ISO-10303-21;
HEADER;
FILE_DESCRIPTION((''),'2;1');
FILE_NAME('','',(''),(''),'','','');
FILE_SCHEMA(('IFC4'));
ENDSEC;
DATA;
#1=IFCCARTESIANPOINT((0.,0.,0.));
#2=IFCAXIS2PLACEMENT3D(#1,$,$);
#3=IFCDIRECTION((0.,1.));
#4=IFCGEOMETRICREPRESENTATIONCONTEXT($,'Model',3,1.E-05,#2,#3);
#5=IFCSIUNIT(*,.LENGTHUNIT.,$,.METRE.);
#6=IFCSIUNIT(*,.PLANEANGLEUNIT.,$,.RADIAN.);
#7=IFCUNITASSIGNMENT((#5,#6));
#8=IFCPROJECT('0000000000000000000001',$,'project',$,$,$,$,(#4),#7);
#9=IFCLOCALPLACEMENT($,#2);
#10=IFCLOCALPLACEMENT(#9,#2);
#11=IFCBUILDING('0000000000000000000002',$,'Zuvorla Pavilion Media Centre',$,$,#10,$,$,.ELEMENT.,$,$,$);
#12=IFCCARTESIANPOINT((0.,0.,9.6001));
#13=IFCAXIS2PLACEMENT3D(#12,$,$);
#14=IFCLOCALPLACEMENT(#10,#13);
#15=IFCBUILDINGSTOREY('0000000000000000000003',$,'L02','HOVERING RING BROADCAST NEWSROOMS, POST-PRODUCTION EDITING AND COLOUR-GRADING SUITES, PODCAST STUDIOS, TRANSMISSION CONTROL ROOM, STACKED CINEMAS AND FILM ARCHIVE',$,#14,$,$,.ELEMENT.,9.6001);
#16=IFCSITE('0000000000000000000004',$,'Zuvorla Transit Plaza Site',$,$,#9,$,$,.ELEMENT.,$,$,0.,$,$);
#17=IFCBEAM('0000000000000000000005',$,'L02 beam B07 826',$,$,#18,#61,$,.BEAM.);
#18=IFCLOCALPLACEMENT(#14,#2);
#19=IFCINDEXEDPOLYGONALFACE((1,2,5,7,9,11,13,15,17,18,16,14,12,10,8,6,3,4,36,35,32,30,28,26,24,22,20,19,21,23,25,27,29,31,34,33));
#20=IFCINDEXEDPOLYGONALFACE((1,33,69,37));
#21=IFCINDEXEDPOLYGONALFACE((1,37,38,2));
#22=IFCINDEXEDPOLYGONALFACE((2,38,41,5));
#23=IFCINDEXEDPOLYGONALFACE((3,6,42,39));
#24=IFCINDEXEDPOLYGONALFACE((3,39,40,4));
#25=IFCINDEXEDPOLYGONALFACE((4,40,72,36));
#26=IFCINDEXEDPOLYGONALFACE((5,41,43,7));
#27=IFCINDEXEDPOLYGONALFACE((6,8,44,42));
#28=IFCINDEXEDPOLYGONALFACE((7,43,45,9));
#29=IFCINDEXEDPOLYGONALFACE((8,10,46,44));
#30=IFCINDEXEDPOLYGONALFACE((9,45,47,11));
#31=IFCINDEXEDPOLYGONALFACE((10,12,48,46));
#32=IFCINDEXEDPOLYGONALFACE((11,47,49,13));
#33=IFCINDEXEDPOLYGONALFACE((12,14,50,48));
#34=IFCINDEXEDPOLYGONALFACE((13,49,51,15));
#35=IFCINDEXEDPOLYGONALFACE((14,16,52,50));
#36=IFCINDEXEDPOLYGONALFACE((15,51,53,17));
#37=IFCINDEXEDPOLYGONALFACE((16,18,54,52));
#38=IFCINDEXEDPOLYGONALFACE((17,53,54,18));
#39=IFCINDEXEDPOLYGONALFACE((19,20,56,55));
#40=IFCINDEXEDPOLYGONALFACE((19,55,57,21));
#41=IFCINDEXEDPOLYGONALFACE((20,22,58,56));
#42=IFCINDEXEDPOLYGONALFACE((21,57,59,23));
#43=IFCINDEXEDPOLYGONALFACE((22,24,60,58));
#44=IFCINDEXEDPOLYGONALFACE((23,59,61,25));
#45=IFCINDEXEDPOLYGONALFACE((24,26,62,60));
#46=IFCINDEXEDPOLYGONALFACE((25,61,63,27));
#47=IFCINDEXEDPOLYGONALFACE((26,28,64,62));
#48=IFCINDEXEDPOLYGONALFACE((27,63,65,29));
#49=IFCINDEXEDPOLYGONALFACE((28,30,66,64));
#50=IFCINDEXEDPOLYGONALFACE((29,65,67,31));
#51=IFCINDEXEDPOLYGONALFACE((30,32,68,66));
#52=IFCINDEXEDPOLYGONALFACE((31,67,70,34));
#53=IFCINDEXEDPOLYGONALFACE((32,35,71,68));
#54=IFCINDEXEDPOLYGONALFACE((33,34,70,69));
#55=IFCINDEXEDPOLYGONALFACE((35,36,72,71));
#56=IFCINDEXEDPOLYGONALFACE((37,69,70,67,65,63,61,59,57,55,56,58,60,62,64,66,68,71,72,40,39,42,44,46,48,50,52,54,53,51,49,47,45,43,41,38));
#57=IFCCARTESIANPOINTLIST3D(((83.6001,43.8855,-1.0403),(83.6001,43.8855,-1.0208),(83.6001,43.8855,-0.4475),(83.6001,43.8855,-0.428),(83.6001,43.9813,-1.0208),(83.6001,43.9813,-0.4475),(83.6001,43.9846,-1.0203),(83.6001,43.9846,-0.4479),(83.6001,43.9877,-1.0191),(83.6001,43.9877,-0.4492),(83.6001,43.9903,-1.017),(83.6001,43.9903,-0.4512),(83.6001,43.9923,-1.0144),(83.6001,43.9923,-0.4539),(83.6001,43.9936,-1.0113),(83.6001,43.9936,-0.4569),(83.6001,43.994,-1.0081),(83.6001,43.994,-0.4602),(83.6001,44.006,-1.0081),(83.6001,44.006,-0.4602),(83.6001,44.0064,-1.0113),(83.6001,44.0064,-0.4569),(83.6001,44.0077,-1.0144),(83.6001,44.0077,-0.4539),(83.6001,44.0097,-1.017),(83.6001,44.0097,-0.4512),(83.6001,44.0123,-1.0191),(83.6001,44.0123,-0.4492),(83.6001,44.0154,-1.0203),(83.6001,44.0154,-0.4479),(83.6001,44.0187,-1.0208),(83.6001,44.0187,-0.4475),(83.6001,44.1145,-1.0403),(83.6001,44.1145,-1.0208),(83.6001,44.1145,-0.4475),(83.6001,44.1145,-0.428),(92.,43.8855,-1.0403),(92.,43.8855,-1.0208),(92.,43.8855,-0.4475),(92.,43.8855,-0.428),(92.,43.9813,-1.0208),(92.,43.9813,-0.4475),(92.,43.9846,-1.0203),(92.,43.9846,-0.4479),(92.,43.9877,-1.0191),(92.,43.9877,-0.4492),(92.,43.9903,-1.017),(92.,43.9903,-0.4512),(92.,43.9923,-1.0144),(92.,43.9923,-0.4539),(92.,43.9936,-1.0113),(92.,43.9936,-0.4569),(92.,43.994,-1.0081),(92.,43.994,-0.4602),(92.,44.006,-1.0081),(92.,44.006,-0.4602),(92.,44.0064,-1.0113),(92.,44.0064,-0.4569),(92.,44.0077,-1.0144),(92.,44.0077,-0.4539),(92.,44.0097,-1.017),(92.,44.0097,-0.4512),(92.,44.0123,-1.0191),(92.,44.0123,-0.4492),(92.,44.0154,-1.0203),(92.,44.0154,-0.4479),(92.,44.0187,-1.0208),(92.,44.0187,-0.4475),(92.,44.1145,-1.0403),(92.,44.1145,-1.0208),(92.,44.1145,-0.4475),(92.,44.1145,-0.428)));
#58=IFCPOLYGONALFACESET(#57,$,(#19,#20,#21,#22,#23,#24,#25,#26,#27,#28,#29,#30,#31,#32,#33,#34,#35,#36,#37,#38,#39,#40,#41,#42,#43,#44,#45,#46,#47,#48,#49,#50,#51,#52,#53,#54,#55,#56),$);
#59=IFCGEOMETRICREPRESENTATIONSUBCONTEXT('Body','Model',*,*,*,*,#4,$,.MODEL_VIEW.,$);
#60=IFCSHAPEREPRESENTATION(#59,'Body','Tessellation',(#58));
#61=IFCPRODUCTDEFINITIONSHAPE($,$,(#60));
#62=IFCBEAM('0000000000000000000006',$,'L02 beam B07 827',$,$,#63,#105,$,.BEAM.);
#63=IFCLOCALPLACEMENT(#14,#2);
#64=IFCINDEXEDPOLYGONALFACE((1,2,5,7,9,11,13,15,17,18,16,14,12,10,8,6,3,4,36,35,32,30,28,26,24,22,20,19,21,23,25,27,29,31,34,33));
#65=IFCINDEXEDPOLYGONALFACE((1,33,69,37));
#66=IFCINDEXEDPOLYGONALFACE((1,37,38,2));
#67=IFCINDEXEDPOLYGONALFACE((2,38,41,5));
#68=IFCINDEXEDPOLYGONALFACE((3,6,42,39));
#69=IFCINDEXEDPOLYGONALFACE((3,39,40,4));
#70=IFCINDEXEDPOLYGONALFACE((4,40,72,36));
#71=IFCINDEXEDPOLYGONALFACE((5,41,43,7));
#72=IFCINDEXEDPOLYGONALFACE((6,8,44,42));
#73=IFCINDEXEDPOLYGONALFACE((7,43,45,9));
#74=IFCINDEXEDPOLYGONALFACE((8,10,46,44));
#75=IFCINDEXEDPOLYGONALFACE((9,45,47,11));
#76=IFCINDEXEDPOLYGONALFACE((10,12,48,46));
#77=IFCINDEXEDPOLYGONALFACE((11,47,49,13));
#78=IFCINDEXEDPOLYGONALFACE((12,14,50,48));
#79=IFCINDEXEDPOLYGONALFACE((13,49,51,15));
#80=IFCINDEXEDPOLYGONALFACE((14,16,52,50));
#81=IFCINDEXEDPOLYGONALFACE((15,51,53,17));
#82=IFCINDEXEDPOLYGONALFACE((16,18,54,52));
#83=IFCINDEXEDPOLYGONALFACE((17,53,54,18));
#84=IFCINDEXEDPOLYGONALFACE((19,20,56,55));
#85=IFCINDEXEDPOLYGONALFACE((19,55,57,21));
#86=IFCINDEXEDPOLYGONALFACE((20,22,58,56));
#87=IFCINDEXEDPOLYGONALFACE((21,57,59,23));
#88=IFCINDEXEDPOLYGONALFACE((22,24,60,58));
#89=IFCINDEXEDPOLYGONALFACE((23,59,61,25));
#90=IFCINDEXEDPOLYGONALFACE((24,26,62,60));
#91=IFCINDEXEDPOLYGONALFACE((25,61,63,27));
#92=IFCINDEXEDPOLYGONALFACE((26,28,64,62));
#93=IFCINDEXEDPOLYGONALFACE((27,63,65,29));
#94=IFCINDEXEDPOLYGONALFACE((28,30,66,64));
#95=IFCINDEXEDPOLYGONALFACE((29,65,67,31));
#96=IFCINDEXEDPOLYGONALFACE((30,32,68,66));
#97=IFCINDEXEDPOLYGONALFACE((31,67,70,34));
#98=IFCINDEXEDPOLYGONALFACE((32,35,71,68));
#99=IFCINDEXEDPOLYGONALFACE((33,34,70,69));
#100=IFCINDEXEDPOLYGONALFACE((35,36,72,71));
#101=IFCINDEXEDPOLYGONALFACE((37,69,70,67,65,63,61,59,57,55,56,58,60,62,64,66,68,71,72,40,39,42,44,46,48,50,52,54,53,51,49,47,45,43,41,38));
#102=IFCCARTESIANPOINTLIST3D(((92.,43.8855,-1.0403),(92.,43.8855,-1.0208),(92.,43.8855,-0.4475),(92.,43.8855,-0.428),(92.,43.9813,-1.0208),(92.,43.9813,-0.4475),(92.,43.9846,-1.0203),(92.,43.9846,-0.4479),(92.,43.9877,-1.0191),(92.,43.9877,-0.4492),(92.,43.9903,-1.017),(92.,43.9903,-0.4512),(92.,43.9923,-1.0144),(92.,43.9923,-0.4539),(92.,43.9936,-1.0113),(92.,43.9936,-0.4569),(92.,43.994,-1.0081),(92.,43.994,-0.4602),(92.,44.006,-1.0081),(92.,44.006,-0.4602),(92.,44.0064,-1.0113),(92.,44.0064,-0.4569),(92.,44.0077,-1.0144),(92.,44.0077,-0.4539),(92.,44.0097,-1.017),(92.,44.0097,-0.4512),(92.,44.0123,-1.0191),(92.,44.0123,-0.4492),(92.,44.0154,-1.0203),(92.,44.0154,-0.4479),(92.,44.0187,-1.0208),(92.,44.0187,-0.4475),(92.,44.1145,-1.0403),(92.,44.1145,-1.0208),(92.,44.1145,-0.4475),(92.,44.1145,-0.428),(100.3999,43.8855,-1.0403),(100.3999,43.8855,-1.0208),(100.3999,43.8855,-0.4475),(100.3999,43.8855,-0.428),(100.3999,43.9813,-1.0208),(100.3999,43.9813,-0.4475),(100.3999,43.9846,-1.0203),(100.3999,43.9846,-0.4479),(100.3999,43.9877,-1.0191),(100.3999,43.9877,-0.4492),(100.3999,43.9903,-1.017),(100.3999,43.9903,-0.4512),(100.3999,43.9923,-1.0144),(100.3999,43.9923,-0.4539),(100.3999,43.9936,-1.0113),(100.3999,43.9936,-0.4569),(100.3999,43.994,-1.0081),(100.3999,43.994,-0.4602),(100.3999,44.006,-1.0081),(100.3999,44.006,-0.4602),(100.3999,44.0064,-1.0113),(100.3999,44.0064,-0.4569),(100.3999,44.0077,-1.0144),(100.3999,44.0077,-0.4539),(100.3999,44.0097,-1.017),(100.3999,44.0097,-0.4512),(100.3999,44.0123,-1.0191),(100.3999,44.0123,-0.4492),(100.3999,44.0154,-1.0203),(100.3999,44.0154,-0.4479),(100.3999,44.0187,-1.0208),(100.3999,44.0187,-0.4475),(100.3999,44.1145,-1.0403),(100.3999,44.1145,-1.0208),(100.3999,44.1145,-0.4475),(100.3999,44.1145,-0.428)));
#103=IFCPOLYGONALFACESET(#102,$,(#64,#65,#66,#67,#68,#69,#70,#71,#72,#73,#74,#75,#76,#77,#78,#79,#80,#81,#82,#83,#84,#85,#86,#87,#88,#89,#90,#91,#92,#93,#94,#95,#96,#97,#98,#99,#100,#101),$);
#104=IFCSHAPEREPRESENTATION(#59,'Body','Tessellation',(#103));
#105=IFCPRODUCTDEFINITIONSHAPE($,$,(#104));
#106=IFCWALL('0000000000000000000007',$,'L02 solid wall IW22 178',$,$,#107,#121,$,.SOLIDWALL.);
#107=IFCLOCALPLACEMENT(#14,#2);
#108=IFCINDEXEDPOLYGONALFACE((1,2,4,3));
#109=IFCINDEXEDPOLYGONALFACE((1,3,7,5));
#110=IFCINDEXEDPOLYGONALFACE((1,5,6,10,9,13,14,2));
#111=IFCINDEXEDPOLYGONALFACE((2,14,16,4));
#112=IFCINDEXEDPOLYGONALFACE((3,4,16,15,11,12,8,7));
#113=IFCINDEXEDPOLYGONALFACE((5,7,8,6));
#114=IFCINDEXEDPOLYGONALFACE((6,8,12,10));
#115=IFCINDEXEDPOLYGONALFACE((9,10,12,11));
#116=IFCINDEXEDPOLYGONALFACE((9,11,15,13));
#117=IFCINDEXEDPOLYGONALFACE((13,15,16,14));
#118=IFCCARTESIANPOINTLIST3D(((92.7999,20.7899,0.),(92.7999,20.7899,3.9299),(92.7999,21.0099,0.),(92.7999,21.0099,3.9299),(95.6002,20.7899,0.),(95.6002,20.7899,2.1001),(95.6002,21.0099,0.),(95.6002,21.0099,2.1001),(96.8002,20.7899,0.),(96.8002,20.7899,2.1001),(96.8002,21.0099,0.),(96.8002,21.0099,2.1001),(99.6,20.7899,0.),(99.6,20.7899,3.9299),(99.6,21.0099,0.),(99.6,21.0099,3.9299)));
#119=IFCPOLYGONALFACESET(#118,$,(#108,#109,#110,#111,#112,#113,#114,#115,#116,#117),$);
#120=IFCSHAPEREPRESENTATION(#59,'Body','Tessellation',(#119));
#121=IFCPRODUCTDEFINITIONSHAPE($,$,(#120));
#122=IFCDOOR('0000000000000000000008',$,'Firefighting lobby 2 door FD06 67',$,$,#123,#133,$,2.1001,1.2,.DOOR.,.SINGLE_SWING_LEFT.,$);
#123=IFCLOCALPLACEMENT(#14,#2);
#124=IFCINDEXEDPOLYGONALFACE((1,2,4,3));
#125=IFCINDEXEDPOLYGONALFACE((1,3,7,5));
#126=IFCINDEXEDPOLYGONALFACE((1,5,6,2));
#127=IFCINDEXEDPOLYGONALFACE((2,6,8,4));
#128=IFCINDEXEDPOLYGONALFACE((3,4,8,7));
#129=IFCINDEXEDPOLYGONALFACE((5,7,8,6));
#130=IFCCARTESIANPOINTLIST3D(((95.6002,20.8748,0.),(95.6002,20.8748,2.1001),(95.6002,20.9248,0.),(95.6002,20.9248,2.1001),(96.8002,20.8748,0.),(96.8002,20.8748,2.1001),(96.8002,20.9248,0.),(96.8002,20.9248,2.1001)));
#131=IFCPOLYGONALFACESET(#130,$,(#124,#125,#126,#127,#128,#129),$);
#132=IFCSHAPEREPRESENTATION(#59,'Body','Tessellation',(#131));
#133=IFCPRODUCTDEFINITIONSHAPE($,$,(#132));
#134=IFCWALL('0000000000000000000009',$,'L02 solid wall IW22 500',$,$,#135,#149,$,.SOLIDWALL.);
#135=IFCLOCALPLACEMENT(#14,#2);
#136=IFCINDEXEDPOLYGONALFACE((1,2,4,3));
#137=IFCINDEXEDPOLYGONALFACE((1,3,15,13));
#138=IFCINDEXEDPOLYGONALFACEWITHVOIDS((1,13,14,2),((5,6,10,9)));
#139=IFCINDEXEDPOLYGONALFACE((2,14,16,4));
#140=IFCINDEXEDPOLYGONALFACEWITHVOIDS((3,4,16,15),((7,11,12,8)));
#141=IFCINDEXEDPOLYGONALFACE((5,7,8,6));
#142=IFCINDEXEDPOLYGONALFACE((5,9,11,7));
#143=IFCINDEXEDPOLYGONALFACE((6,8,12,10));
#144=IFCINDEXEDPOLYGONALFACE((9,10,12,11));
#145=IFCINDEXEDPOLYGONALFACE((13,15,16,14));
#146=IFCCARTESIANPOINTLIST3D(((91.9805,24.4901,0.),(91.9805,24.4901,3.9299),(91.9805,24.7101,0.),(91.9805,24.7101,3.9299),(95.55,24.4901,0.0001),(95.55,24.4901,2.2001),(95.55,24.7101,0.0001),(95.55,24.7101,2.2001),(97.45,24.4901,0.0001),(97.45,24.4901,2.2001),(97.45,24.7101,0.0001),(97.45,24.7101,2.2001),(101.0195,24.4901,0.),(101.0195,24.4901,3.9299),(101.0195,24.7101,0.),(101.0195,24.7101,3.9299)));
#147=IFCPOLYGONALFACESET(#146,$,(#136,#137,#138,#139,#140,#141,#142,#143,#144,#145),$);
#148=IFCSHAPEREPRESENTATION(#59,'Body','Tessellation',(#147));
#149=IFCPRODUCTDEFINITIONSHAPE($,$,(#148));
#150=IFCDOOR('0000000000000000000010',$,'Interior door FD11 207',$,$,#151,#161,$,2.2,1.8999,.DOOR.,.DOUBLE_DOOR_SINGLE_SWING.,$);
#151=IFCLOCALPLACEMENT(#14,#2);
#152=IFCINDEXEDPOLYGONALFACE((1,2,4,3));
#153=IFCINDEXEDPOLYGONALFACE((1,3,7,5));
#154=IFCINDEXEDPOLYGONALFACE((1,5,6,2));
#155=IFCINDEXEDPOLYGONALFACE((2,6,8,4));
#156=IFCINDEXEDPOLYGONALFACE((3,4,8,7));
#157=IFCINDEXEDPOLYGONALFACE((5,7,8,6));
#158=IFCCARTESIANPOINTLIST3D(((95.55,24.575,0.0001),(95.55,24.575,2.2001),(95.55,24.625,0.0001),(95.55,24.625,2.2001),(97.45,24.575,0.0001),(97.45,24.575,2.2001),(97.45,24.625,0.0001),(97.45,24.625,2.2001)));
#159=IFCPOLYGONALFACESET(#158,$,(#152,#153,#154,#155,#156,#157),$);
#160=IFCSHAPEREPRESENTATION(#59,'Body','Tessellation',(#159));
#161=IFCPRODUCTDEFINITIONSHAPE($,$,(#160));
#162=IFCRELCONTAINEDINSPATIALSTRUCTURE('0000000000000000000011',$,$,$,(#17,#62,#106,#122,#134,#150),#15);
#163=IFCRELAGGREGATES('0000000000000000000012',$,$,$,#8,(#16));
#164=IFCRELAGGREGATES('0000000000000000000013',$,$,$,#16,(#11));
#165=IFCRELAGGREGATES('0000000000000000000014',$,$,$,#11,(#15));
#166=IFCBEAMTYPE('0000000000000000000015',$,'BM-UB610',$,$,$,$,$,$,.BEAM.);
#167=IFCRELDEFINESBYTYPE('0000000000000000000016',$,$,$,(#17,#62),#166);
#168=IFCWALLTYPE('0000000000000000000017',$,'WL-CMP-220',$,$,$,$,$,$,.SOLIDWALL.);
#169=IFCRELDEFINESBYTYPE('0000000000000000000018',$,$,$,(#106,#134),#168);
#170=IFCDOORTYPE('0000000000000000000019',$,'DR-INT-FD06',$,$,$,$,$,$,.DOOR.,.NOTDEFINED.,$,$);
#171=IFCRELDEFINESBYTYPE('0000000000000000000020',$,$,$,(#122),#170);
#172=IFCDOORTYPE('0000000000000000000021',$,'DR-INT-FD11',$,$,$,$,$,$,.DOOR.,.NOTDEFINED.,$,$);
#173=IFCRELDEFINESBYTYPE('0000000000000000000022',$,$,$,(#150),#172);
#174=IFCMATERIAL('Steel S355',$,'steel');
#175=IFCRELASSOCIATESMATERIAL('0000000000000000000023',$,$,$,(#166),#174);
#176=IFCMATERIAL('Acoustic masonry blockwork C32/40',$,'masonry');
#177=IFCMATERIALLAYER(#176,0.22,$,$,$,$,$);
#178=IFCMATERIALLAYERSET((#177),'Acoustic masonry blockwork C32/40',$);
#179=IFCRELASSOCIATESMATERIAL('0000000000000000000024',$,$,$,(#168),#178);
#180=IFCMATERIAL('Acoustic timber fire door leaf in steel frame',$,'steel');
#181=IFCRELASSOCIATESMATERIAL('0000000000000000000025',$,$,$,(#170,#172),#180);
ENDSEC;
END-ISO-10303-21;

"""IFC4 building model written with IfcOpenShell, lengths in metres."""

from ifc_helpers import new_model, si_unit, direction, frame, frame_2d, origin, origin_2d, place, context, subcontext, project, spatial, rectangle, i_section, extrude, material, layer, layer_set, material_profile, profile_set, type_object, element, fill, save


model = new_model("IFC4")

# Units and contexts
model_context = context("Model", 3, precision=1e-05, world=origin(), true_north=direction((0.0, 1.0)))
body_context = subcontext(model_context, "Body", "Model", "MODEL_VIEW")
ifc_project = project(units=[si_unit("LENGTHUNIT", "METRE"), si_unit("PLANEANGLEUNIT", "RADIAN")], contexts=[model_context])

# Site, building, storey
site_placement = place(None, origin())
site = spatial("IfcSite", under=ifc_project, at=site_placement, Name="Zuvorla Transit Plaza Site", CompositionType="ELEMENT", RefElevation=0.0)
building_placement = place(site_placement, origin())
building = spatial("IfcBuilding", under=site, at=building_placement, Name="Zuvorla Pavilion Media Centre", CompositionType="ELEMENT")
storey_placement = place(building_placement, frame((0.0, 0.0, 9.6001)))
storey = spatial("IfcBuildingStorey", under=building, at=storey_placement, Name="L02", Description="HOVERING RING BROADCAST NEWSROOMS, POST-PRODUCTION EDITING AND COLOUR-GRADING SUITES, PODCAST STUDIOS, TRANSMISSION CONTROL ROOM, STACKED CINEMAS AND FILM ARCHIVE", CompositionType="ELEMENT", Elevation=9.6001)

# Beams
ifc_material_1 = material(Name="Steel S355", Category="steel")
ifc_material_profile_1 = material_profile(ifc_material_1, i_section(OverallWidth=0.229, OverallDepth=0.6123, WebThickness=0.012, FlangeThickness=0.0195, FilletRadius=0.0127, at=origin_2d()), Name="UB 610x229x125")
ifc_profile_set_1 = profile_set([ifc_material_profile_1], Name="Steel S355")
beam_type_1 = type_object("IfcBeamType", Name="BM-UB610", PredefinedType="BEAM", material=ifc_profile_set_1)
for number, where, z_axis, x_axis, name in (
    (1, (83.6001, 44.0, -0.7341), (1.0, 0.0, 0.0), (0.0, 1.0, 0.0), "L02 beam B07 826"),
    (2, (92.0, 44.0, -0.7341), (1.0, 0.0, 0.0), (0.0, 1.0, 0.0), "L02 beam B07 827"),
):
    element("IfcBeam", number, at=place(storey_placement, frame(where, z_axis=z_axis, x_axis=x_axis)), inside=storey, type_object=beam_type_1, Name=name, PredefinedType="BEAM", context=body_context, shape_type="SweptSolid", body=[
        extrude(i_section(OverallWidth=0.229, OverallDepth=0.6123, WebThickness=0.012, FlangeThickness=0.0195, FilletRadius=0.0127, at=origin_2d()), origin(), (0.0, 0.0, 1.0), 8.3999),
    ])

# Walls, openings, doors
ifc_material_2 = material(Name="Acoustic masonry blockwork C32/40", Category="masonry")
ifc_layer = layer(ifc_material_2, 0.22)
ifc_layer_set = layer_set([ifc_layer], Name="Acoustic masonry blockwork C32/40")
wall_type = type_object("IfcWallType", Name="WL-CMP-220", PredefinedType="SOLIDWALL", material=ifc_layer_set)
wall_1_placement = place(storey_placement, frame((92.8, 20.8999, 0.0), z_axis=(0.0, 0.0, 1.0), x_axis=(1.0, 0.0, 0.0)))
wall_1 = element("IfcWall", 3, at=wall_1_placement, inside=storey, type_object=wall_type, Name="L02 solid wall IW22 178", PredefinedType="SOLIDWALL", context=body_context, shape_type="SweptSolid", body=[
    extrude(rectangle(XDim=6.8, YDim=0.22, at=frame_2d((3.3999, 0.0))), origin(), (0.0, 0.0, 1.0), 3.9299),
])
opening_1_placement = place(wall_1_placement, frame((2.8, 0.0, 0.0)))
opening_1 = element("IfcOpeningElement", 4, at=opening_1_placement, cuts=wall_1, PredefinedType="OPENING", context=body_context, shape_type="SweptSolid", body=[
    extrude(rectangle(XDim=1.2, YDim=2.1001, at=frame_2d((0.6001, 1.05))), frame((0.0, 0.1199, 0.0), z_axis=(0.0, -1.0, 0.0), x_axis=(1.0, 0.0, 0.0)), (0.0, 0.0, 1.0), 0.24),
])
ifc_material_3 = material(Name="Acoustic timber fire door leaf in steel frame", Category="steel")
door_type_1 = type_object("IfcDoorType", Name="DR-INT-FD06", OperationType="NOTDEFINED", PredefinedType="DOOR", material=ifc_material_3)
door_1_placement = place(opening_1_placement, origin())
door_1 = element("IfcDoor", 5, at=door_1_placement, inside=storey, type_object=door_type_1, Name="Firefighting lobby 2 door FD06 67", OperationType="SINGLE_SWING_LEFT", OverallHeight=2.1001, OverallWidth=1.2, PredefinedType="DOOR", context=body_context, shape_type="SweptSolid", body=[
    extrude(rectangle(XDim=1.2, YDim=2.1001, at=frame_2d((0.6001, 1.05))), frame((0.0, 0.0249, 0.0), z_axis=(0.0, -1.0, 0.0), x_axis=(1.0, 0.0, 0.0)), (0.0, 0.0, 1.0), 0.05),
])
fill(opening_1, door_1)
wall_2_placement = place(storey_placement, frame((91.9805, 24.6001, 0.0), z_axis=(0.0, 0.0, 1.0), x_axis=(1.0, 0.0, 0.0)))
wall_2 = element("IfcWall", 6, at=wall_2_placement, inside=storey, type_object=wall_type, Name="L02 solid wall IW22 500", PredefinedType="SOLIDWALL", context=body_context, shape_type="SweptSolid", body=[
    extrude(rectangle(XDim=9.0391, YDim=0.22, at=frame_2d((4.5195, 0.0))), origin(), (0.0, 0.0, 1.0), 3.9299),
])
opening_2_placement = place(wall_2_placement, frame((3.5696, 0.0, 0.0)))
opening_2 = element("IfcOpeningElement", 7, at=opening_2_placement, cuts=wall_2, PredefinedType="OPENING", context=body_context, shape_type="SweptSolid", body=[
    extrude(rectangle(XDim=1.8999, YDim=2.2, at=frame_2d((0.95, 1.1001))), frame((0.0, 0.1199, 0.0), z_axis=(0.0, -1.0, 0.0), x_axis=(1.0, 0.0, 0.0)), (0.0, 0.0, 1.0), 0.24),
])
door_type_2 = type_object("IfcDoorType", Name="DR-INT-FD11", OperationType="NOTDEFINED", PredefinedType="DOOR", material=ifc_material_3)
door_2_placement = place(opening_2_placement, origin())
door_2 = element("IfcDoor", 8, at=door_2_placement, inside=storey, type_object=door_type_2, Name="Interior door FD11 207", OperationType="DOUBLE_DOOR_SINGLE_SWING", OverallHeight=2.2, OverallWidth=1.8999, PredefinedType="DOOR", context=body_context, shape_type="SweptSolid", body=[
    extrude(rectangle(XDim=1.8999, YDim=2.2, at=frame_2d((0.95, 1.1001))), frame((0.0, 0.0249, 0.0), z_axis=(0.0, -1.0, 0.0), x_axis=(1.0, 0.0, 0.0)), (0.0, 0.0, 1.0), 0.05),
])
fill(opening_2, door_2)

save(model, "model.ifc")
